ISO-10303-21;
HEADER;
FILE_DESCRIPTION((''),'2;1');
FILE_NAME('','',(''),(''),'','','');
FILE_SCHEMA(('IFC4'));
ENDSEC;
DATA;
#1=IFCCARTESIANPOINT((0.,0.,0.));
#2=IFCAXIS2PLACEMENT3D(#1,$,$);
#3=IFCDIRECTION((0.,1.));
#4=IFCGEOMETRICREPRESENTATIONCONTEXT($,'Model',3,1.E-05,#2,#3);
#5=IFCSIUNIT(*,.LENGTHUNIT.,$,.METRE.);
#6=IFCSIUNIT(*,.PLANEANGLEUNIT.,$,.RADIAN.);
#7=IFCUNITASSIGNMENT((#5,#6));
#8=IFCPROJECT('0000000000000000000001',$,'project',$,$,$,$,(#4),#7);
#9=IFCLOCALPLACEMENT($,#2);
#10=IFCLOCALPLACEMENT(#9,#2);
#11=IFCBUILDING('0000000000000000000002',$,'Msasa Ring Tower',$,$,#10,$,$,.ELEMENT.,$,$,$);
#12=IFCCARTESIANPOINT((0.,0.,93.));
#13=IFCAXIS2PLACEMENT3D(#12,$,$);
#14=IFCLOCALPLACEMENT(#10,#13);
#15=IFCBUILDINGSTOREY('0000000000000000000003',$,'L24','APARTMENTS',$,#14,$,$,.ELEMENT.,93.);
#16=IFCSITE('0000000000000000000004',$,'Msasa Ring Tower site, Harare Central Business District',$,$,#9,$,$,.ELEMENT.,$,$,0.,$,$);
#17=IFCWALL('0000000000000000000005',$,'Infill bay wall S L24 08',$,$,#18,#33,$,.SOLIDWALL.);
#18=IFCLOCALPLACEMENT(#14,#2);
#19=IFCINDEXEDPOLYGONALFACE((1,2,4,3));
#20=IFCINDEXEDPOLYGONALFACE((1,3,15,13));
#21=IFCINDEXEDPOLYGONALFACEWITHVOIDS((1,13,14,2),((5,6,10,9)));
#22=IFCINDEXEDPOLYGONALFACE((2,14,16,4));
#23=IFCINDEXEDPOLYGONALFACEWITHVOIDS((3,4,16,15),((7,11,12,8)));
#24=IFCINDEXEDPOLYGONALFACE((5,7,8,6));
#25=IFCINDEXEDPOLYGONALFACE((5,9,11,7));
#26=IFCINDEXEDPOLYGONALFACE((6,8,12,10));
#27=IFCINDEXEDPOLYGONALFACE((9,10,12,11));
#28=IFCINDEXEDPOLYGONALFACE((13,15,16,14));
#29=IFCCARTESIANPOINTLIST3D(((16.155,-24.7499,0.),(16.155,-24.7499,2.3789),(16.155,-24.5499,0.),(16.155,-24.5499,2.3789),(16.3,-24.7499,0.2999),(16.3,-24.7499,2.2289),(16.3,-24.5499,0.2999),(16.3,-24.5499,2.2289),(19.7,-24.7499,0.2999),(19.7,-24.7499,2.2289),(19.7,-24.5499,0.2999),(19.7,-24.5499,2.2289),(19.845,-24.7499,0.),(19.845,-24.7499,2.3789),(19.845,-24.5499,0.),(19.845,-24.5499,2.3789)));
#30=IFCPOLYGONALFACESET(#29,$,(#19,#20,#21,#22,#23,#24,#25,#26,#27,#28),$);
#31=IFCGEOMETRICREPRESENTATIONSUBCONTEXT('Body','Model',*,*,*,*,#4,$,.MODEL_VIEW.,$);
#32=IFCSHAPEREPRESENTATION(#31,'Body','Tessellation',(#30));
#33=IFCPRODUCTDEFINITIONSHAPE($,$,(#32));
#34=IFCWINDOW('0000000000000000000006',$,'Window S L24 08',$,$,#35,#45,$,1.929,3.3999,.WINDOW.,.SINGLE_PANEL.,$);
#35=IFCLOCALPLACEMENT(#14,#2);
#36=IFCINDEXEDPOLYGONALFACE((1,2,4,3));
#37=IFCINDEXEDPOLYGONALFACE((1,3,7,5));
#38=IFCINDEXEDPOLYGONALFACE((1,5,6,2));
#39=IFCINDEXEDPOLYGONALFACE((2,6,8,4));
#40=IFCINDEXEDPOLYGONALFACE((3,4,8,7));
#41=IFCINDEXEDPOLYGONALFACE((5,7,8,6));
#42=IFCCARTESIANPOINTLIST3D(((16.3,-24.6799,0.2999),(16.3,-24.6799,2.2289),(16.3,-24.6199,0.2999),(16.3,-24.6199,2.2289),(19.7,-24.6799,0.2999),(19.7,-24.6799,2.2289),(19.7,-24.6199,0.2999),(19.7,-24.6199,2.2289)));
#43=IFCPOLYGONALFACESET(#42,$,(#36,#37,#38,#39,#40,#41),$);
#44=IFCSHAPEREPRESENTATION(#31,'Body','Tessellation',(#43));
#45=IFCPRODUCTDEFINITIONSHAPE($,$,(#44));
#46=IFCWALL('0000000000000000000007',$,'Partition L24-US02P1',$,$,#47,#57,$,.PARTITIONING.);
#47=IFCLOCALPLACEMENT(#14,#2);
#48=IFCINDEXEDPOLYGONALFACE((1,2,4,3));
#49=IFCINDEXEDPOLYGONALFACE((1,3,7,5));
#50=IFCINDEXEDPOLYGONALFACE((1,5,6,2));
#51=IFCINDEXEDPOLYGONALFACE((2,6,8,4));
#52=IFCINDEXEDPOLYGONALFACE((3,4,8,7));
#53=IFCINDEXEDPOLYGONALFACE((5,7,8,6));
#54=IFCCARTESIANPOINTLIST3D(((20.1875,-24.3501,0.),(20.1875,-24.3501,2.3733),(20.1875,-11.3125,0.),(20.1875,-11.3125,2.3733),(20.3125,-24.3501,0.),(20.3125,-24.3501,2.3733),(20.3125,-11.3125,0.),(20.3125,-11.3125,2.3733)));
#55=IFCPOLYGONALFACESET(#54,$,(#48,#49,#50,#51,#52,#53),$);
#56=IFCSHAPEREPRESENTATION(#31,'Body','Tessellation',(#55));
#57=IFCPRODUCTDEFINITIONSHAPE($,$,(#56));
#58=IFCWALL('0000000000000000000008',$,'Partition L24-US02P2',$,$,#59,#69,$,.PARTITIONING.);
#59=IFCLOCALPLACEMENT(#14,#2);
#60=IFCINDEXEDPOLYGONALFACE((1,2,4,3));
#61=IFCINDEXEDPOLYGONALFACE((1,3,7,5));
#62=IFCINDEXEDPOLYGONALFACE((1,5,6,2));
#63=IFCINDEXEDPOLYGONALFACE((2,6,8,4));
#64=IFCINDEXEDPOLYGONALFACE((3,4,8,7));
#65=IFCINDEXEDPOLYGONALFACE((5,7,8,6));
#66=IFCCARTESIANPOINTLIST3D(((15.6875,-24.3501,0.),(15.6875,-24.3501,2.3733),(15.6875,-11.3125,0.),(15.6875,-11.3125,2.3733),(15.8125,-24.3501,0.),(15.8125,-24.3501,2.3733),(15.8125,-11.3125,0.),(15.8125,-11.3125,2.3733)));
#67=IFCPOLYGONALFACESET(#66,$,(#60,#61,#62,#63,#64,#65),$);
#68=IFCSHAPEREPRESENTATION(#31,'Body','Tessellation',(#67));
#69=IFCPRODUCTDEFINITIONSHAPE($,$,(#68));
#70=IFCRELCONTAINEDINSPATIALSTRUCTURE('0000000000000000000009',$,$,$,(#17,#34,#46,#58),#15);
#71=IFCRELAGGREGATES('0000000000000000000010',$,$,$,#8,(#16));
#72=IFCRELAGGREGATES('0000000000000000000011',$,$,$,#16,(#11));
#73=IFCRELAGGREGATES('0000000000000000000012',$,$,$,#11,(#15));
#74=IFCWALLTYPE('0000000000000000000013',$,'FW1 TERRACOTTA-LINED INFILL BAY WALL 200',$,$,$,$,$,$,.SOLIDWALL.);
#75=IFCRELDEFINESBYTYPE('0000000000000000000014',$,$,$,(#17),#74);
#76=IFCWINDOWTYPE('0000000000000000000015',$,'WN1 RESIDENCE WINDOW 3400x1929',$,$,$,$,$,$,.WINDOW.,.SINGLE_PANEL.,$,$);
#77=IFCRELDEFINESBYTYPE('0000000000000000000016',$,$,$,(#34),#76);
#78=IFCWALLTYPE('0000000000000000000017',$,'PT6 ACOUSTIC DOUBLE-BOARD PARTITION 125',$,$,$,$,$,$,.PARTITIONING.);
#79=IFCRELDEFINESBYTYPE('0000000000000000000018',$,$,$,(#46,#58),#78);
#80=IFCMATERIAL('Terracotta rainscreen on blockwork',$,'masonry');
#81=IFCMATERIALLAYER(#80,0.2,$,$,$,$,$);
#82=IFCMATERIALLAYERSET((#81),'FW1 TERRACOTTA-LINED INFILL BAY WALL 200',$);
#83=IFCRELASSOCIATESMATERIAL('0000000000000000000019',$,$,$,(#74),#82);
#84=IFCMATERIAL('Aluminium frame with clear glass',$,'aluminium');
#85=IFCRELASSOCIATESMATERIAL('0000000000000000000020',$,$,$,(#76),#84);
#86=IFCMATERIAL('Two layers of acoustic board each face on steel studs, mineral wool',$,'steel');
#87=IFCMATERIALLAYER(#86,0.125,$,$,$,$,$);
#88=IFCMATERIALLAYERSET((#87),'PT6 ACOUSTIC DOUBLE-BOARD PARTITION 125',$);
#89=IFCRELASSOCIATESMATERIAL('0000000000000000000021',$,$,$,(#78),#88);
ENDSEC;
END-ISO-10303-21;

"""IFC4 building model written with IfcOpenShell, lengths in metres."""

from ifc_helpers import new_model, si_unit, direction, frame, frame_2d, origin, place, context, subcontext, project, spatial, rectangle, extrude, material, layer, layer_set, type_object, element, fill, save


model = new_model("IFC4")

# Units and contexts
model_context = context("Model", 3, precision=1e-05, world=origin(), true_north=direction((0.0, 1.0)))
body_context = subcontext(model_context, "Body", "Model", "MODEL_VIEW")
ifc_project = project(units=[si_unit("LENGTHUNIT", "METRE"), si_unit("PLANEANGLEUNIT", "RADIAN")], contexts=[model_context])

# Site, building, storey
site_placement = place(None, origin())
site = spatial("IfcSite", under=ifc_project, at=site_placement, Name="Msasa Ring Tower site, Harare Central Business District", CompositionType="ELEMENT", RefElevation=0.0)
building_placement = place(site_placement, origin())
building = spatial("IfcBuilding", under=site, at=building_placement, Name="Msasa Ring Tower", CompositionType="ELEMENT")
storey_placement = place(building_placement, frame((0.0, 0.0, 93.0)))
storey = spatial("IfcBuildingStorey", under=building, at=storey_placement, Name="L24", Description="APARTMENTS", CompositionType="ELEMENT", Elevation=93.0)

# Wall, opening, window
ifc_material_1 = material(Name="Terracotta rainscreen on blockwork", Category="masonry")
ifc_layer_1 = layer(ifc_material_1, 0.2)
ifc_layer_set_1 = layer_set([ifc_layer_1], Name="FW1 TERRACOTTA-LINED INFILL BAY WALL 200")
wall_type_1 = type_object("IfcWallType", Name="FW1 TERRACOTTA-LINED INFILL BAY WALL 200", PredefinedType="SOLIDWALL", material=ifc_layer_set_1)
wall_placement = place(storey_placement, frame((16.155, -24.6499, 0.0), z_axis=(0.0, 0.0, 1.0), x_axis=(1.0, 0.0, 0.0)))
wall = element("IfcWall", 1, at=wall_placement, inside=storey, type_object=wall_type_1, Name="Infill bay wall S L24 08", PredefinedType="SOLIDWALL", context=body_context, shape_type="SweptSolid", body=[
    extrude(rectangle(XDim=3.6899, YDim=0.2, at=frame_2d((1.845, 0.0))), origin(), (0.0, 0.0, 1.0), 2.3789),
])
opening_placement = place(wall_placement, frame((0.145, 0.0, 0.3)))
opening = element("IfcOpeningElement", 2, at=opening_placement, cuts=wall, PredefinedType="OPENING", context=body_context, shape_type="SweptSolid", body=[
    extrude(rectangle(XDim=3.3999, YDim=1.929, at=frame_2d((1.7, 0.9644))), frame((0.0, 0.1099, 0.0), z_axis=(0.0, -1.0, 0.0), x_axis=(1.0, 0.0, 0.0)), (0.0, 0.0, 1.0), 0.22),
])
ifc_material_2 = material(Name="Aluminium frame with clear glass", Category="aluminium")
window_type = type_object("IfcWindowType", Name="WN1 RESIDENCE WINDOW 3400x1929", PartitioningType="SINGLE_PANEL", PredefinedType="WINDOW", material=ifc_material_2)
window_placement = place(opening_placement, origin())
window = element("IfcWindow", 3, at=window_placement, inside=storey, type_object=window_type, Name="Window S L24 08", OverallHeight=1.929, OverallWidth=3.3999, PartitioningType="SINGLE_PANEL", PredefinedType="WINDOW", context=body_context, shape_type="SweptSolid", body=[
    extrude(rectangle(XDim=3.3999, YDim=1.929, at=frame_2d((1.7, 0.9644))), frame((0.0, 0.03, 0.0), z_axis=(0.0, -1.0, 0.0), x_axis=(1.0, 0.0, 0.0)), (0.0, 0.0, 1.0), 0.0601),
])
fill(opening, window)

# Walls
ifc_material_3 = material(Name="Two layers of acoustic board each face on steel studs, mineral wool", Category="steel")
ifc_layer_2 = layer(ifc_material_3, 0.125)
ifc_layer_set_2 = layer_set([ifc_layer_2], Name="PT6 ACOUSTIC DOUBLE-BOARD PARTITION 125")
wall_type_2 = type_object("IfcWallType", Name="PT6 ACOUSTIC DOUBLE-BOARD PARTITION 125", PredefinedType="PARTITIONING", material=ifc_layer_set_2)
for number, where, z_axis, x_axis, name in (
    (4, (20.25, -24.3501, 0.0), (0.0, 0.0, 1.0), (0.0, 1.0, 0.0), "Partition L24-US02P1"),
    (5, (15.75, -24.3501, 0.0), (0.0, 0.0, 1.0), (0.0, 1.0, 0.0), "Partition L24-US02P2"),
):
    element("IfcWall", number, at=place(storey_placement, frame(where, z_axis=z_axis, x_axis=x_axis)), inside=storey, type_object=wall_type_2, Name=name, PredefinedType="PARTITIONING", context=body_context, shape_type="SweptSolid", body=[
        extrude(rectangle(XDim=13.0376, YDim=0.125, at=frame_2d((6.5188, 0.0))), origin(), (0.0, 0.0, 1.0), 2.3733),
    ])

save(model, "model.ifc")
